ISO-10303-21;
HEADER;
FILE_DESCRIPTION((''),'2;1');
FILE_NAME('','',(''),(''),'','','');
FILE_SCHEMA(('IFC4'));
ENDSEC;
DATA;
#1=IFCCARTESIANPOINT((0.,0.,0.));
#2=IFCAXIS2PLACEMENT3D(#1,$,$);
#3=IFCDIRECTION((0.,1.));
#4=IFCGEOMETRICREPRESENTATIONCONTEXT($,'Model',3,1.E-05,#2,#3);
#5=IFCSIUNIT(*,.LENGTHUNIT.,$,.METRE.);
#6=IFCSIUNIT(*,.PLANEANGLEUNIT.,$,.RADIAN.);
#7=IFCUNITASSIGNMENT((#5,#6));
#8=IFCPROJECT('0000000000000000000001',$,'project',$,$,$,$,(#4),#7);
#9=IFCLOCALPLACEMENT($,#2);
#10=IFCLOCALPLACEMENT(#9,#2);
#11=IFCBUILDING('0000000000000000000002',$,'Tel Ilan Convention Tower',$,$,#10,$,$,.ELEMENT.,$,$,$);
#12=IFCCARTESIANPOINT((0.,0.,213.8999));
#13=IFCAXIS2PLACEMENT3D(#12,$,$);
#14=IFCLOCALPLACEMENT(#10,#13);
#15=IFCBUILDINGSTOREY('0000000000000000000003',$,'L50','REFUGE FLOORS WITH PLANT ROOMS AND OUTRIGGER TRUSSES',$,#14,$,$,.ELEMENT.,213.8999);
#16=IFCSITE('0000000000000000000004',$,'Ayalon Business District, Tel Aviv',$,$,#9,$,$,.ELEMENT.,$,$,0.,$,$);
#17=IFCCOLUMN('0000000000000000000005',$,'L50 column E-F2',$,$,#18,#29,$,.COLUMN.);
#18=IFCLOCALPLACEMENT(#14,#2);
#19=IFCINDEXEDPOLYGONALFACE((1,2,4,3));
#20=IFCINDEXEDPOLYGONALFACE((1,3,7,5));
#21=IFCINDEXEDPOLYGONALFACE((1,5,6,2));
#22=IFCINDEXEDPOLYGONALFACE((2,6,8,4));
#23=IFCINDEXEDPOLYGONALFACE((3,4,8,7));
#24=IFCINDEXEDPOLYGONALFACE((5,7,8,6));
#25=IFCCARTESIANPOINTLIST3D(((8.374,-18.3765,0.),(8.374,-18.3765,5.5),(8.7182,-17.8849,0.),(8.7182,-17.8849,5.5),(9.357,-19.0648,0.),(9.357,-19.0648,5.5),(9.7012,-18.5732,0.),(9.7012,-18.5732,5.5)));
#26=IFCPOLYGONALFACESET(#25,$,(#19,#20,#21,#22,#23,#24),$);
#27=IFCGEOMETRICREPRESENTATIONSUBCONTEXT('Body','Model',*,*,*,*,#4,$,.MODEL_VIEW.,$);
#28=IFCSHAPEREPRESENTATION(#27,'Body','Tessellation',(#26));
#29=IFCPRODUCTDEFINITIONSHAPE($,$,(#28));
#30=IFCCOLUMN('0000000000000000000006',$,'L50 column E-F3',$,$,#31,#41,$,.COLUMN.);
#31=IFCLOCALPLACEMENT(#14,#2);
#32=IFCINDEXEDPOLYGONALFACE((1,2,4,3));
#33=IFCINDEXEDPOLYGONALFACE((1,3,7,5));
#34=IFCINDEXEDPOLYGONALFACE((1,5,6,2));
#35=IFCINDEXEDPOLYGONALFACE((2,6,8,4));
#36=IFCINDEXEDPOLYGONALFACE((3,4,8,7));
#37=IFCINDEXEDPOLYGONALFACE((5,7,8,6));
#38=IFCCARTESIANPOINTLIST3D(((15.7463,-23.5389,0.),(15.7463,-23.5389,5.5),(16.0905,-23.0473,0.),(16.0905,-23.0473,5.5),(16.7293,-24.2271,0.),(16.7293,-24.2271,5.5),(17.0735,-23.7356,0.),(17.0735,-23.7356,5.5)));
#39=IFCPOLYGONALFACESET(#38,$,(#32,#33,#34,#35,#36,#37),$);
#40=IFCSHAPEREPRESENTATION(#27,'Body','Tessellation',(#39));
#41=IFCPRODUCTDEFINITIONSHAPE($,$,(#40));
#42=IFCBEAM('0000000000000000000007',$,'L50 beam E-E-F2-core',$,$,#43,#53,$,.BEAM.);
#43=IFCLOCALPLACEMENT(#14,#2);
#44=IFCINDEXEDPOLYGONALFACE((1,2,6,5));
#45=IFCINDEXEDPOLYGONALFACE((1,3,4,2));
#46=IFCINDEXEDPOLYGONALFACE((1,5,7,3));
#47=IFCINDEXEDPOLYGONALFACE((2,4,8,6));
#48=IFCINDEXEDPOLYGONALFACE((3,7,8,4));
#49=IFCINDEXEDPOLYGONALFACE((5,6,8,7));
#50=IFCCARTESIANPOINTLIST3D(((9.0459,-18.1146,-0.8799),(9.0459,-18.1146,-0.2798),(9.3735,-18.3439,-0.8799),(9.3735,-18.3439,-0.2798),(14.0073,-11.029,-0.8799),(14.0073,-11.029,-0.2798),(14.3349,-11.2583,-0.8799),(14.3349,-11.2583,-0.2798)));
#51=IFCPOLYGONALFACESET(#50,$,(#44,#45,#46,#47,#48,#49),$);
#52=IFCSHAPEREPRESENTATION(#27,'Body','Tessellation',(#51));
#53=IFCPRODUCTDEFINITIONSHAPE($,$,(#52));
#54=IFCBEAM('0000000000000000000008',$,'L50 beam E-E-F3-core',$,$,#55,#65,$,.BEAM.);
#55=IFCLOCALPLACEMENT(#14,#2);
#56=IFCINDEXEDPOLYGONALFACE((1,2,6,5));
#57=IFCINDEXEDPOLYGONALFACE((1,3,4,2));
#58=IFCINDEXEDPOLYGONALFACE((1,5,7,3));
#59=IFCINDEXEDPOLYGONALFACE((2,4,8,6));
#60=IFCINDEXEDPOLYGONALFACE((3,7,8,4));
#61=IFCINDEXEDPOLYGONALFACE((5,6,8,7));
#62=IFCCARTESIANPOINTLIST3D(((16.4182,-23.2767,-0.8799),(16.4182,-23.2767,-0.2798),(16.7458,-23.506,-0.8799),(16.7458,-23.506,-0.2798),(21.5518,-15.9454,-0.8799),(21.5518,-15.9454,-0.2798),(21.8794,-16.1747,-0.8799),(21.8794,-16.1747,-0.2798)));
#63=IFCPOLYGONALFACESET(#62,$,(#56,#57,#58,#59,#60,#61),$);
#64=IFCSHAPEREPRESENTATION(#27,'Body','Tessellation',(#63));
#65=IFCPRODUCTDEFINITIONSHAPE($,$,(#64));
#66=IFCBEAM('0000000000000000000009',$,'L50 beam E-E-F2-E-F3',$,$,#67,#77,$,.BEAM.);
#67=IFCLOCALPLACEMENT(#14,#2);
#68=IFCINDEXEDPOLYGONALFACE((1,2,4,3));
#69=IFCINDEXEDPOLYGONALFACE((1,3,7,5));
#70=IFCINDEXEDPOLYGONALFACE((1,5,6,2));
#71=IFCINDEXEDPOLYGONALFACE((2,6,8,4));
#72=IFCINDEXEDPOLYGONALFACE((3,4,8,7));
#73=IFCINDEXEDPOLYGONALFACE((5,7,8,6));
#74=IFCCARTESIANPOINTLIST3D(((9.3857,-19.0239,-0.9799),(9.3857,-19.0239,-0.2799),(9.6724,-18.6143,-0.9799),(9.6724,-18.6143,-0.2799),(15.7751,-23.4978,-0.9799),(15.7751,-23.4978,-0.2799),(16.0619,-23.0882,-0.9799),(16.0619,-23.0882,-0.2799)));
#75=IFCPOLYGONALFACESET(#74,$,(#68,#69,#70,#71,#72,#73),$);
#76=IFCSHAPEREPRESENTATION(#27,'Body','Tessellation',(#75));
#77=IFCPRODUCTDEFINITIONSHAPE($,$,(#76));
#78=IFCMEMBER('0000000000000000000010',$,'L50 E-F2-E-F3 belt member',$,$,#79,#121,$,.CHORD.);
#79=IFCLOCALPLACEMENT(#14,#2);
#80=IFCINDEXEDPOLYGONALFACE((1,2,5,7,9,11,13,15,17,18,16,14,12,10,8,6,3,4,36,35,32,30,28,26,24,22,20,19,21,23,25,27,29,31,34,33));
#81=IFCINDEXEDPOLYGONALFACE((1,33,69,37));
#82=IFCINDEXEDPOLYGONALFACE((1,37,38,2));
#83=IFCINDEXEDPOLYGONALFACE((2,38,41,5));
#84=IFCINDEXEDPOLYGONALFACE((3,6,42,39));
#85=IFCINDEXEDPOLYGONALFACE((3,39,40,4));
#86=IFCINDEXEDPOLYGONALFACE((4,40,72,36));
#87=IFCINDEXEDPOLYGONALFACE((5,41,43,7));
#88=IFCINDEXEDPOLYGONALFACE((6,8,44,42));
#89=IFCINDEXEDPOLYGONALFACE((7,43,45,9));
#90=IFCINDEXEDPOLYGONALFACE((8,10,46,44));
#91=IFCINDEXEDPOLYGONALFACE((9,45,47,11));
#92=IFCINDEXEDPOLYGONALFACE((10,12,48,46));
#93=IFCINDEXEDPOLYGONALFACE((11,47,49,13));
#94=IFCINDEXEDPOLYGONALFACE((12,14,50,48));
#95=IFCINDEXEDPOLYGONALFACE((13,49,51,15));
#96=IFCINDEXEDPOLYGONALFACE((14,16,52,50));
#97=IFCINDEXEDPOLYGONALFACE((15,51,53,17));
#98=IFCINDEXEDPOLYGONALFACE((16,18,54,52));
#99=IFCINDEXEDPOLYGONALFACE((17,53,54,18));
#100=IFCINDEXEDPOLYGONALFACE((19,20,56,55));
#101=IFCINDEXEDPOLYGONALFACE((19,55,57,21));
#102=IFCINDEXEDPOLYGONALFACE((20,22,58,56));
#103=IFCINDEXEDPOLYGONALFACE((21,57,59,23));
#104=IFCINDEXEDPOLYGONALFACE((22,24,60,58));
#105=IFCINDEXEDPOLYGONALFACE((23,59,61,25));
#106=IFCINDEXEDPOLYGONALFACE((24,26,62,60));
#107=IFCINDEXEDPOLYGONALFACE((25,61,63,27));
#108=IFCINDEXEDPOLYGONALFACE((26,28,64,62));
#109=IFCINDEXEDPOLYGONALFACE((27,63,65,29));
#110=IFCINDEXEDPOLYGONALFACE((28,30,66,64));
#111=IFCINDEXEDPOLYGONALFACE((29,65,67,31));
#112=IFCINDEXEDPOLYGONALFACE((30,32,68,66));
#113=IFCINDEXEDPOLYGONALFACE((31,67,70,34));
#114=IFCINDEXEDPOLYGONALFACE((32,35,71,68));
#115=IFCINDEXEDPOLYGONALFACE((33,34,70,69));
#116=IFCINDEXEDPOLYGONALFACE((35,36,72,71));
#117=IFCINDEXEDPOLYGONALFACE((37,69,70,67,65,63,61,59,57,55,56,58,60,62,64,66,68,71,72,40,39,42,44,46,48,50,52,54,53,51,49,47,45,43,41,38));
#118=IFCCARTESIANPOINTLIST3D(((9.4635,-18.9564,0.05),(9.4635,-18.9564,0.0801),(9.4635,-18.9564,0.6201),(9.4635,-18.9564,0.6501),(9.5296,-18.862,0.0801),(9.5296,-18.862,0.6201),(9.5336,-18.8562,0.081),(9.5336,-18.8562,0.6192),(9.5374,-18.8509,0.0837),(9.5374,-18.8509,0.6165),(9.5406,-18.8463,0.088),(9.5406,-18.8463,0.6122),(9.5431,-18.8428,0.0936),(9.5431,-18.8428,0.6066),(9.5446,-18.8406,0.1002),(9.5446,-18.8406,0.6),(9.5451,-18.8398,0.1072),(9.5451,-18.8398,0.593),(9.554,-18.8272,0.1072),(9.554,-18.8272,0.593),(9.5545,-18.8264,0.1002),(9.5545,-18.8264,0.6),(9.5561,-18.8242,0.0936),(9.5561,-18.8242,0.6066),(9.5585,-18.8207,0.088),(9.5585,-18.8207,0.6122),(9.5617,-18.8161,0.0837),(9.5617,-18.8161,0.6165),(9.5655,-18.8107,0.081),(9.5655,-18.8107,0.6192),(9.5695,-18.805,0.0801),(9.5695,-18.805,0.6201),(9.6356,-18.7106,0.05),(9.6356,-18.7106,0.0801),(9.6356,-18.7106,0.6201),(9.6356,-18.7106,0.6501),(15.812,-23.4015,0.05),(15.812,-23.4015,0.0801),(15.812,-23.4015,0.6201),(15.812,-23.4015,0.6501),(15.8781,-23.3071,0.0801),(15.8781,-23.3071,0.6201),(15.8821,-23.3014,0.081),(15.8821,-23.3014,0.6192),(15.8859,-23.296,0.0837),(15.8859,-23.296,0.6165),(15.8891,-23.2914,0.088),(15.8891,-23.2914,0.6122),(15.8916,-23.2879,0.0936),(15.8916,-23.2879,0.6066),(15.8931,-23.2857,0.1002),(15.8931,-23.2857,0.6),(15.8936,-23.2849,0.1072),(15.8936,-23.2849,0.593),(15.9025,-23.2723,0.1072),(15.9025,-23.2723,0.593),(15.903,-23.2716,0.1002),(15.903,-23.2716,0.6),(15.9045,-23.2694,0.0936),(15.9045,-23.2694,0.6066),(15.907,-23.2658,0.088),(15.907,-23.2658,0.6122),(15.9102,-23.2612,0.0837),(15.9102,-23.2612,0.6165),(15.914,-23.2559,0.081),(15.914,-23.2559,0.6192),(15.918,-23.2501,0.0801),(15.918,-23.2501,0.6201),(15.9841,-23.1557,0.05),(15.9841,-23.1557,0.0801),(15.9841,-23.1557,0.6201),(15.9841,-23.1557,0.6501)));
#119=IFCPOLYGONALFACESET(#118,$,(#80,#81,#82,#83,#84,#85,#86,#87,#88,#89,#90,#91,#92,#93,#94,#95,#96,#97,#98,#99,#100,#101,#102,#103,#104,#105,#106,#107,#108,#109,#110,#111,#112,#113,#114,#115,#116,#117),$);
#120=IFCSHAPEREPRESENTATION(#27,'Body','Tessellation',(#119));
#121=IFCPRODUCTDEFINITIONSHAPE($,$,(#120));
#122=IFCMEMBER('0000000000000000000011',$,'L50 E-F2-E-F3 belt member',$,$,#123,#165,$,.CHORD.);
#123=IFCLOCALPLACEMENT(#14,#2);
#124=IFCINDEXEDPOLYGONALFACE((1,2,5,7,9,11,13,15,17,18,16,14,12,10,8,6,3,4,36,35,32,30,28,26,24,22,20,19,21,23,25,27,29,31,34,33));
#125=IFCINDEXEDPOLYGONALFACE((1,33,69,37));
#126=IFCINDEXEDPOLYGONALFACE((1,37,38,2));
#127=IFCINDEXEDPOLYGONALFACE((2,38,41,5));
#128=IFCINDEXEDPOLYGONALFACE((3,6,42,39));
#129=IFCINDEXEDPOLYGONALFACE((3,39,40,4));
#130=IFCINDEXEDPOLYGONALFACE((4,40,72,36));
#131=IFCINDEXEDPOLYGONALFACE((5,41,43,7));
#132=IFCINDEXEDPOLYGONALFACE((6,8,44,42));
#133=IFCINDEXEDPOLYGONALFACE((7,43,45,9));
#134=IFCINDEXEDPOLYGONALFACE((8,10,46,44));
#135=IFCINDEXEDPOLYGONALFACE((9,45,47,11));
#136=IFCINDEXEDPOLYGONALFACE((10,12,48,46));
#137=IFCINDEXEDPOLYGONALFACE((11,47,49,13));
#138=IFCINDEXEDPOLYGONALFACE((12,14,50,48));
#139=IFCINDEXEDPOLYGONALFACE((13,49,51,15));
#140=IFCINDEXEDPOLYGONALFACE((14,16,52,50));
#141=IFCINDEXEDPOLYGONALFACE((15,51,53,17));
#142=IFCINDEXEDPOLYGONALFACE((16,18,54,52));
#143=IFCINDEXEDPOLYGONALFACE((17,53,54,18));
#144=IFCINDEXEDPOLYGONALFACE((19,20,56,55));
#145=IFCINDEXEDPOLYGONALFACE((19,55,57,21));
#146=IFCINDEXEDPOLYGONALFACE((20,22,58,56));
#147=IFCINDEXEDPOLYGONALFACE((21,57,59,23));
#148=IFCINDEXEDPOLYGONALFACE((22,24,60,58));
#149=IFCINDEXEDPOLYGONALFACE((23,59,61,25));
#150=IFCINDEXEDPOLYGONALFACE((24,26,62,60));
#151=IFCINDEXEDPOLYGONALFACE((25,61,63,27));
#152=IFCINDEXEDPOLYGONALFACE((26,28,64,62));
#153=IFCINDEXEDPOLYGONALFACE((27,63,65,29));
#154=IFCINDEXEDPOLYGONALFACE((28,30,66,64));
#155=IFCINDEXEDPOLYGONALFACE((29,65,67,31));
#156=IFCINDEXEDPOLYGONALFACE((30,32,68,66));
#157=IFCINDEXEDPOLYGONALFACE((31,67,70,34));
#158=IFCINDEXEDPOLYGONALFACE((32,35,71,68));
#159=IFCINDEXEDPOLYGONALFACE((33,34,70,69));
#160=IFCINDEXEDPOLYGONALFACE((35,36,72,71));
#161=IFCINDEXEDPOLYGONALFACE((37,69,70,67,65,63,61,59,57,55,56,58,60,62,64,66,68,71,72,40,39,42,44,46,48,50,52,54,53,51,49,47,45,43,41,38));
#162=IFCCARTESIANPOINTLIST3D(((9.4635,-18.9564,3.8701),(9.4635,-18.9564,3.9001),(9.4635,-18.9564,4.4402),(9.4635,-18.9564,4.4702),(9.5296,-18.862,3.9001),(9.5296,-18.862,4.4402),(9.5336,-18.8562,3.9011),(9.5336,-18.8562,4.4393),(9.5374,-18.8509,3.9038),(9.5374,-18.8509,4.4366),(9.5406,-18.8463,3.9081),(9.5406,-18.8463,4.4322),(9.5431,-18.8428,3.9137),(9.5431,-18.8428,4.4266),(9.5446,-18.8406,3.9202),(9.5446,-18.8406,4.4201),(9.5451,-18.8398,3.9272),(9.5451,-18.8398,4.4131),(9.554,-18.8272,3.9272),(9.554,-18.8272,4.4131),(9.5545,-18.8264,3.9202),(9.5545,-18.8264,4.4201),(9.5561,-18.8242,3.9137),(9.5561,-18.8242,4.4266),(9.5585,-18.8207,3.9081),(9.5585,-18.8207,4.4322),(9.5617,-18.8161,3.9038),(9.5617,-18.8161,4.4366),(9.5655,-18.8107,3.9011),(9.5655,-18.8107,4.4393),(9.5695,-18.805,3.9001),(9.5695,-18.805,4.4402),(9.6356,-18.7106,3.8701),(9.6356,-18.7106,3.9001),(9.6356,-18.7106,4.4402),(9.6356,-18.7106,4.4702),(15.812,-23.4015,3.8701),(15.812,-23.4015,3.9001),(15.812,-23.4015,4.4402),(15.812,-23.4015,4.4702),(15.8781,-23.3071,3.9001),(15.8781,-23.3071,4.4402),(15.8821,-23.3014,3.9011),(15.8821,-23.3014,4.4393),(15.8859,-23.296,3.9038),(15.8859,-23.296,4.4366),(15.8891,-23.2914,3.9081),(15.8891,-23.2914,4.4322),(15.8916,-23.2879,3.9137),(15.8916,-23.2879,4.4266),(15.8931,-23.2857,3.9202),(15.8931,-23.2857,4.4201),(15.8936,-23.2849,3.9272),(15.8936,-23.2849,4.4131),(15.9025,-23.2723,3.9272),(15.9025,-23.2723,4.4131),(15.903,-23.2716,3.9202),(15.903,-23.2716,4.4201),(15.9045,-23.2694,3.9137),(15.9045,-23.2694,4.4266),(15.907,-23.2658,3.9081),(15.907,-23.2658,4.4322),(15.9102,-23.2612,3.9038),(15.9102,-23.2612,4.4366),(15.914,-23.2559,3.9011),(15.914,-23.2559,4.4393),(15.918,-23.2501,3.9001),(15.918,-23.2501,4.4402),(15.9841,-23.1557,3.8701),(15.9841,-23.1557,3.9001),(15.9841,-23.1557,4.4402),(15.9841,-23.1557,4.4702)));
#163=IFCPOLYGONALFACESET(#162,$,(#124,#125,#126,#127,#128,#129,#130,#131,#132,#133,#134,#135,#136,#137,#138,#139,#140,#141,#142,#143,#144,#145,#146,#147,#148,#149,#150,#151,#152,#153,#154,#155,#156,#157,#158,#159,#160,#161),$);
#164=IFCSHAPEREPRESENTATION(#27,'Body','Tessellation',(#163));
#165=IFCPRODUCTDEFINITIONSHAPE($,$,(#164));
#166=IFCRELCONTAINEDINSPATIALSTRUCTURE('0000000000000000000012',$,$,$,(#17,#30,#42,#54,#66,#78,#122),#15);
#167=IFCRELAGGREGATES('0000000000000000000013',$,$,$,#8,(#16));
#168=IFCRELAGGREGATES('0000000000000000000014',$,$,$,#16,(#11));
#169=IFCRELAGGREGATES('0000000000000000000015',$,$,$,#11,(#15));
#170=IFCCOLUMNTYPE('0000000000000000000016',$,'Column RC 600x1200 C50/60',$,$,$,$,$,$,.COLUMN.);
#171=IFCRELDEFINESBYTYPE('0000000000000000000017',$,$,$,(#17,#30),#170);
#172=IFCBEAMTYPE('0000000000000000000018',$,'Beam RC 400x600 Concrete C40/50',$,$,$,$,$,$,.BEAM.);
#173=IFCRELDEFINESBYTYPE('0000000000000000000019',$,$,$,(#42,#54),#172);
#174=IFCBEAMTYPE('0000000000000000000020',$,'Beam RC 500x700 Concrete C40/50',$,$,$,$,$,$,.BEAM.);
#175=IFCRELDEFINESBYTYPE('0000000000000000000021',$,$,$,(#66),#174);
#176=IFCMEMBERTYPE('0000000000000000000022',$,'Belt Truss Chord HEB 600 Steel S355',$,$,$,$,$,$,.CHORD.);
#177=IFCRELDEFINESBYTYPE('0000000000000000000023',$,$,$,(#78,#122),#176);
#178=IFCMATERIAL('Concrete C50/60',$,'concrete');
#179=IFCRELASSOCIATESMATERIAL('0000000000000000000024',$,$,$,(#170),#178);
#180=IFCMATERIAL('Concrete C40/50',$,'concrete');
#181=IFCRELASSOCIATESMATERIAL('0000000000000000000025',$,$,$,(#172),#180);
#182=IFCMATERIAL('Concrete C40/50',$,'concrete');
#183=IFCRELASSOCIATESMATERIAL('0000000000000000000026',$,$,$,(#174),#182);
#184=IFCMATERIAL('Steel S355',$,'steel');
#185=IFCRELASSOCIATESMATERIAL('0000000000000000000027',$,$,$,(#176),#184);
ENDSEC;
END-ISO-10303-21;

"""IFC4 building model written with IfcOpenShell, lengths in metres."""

from ifc_helpers import new_model, si_unit, direction, frame, origin, origin_2d, place, context, subcontext, project, spatial, rectangle, i_section, extrude, material, material_profile, profile_set, type_object, element, save


model = new_model("IFC4")

# Units and contexts
model_context = context("Model", 3, precision=1e-05, world=origin(), true_north=direction((0.0, 1.0)))
body_context = subcontext(model_context, "Body", "Model", "MODEL_VIEW")
ifc_project = project(units=[si_unit("LENGTHUNIT", "METRE"), si_unit("PLANEANGLEUNIT", "RADIAN")], contexts=[model_context])

# Site, building, storey
site_placement = place(None, origin())
site = spatial("IfcSite", under=ifc_project, at=site_placement, Name="Ayalon Business District, Tel Aviv", CompositionType="ELEMENT", RefElevation=0.0)
building_placement = place(site_placement, origin())
building = spatial("IfcBuilding", under=site, at=building_placement, Name="Tel Ilan Convention Tower", CompositionType="ELEMENT")
storey_placement = place(building_placement, frame((0.0, 0.0, 213.8999)))
storey = spatial("IfcBuildingStorey", under=building, at=storey_placement, Name="L50", Description="REFUGE FLOORS WITH PLANT ROOMS AND OUTRIGGER TRUSSES", CompositionType="ELEMENT", Elevation=213.8999)

# Columns
ifc_material_1 = material(Name="Concrete C50/60", Category="concrete")
ifc_material_profile_1 = material_profile(ifc_material_1, rectangle(XDim=1.2, YDim=0.6001, at=origin_2d()), Name="RC 600x1200")
ifc_profile_set_1 = profile_set([ifc_material_profile_1], Name="Concrete C50/60")
column_type = type_object("IfcColumnType", Name="Column RC 600x1200 C50/60", PredefinedType="COLUMN", material=ifc_profile_set_1)
for number, where, z_axis, x_axis, name in (
    (1, (9.0376, -18.4749, 0.0), (0.0, 0.0, 1.0), (0.819152, -0.573576, 0.0), "L50 column E-F2"),
    (2, (16.4099, -23.6372, 0.0), (0.0, 0.0, 1.0), (0.819152, -0.573576, 0.0), "L50 column E-F3"),
):
    element("IfcColumn", number, at=place(storey_placement, frame(where, z_axis=z_axis, x_axis=x_axis)), inside=storey, type_object=column_type, Name=name, PredefinedType="COLUMN", context=body_context, shape_type="SweptSolid", body=[
        extrude(rectangle(XDim=1.2, YDim=0.6001, at=origin_2d()), origin(), (0.0, 0.0, 1.0), 5.5),
    ])

# Beams
ifc_material_2 = material(Name="Concrete C40/50", Category="concrete")
ifc_material_profile_2 = material_profile(ifc_material_2, rectangle(XDim=0.3999, YDim=0.6001, at=origin_2d()), Name="RC 400x600")
ifc_profile_set_2 = profile_set([ifc_material_profile_2], Name="Concrete C40/50")
beam_type_1 = type_object("IfcBeamType", Name="Beam RC 400x600 Concrete C40/50", PredefinedType="BEAM", material=ifc_profile_set_2)
beam_1_placement = place(storey_placement, frame((9.2097, -18.2292, -0.5798), z_axis=(0.573574, 0.819154, 0.0), x_axis=(-0.819154, 0.573574, 0.0)))
element("IfcBeam", 3, at=beam_1_placement, inside=storey, type_object=beam_type_1, Name="L50 beam E-E-F2-core", PredefinedType="BEAM", context=body_context, shape_type="SweptSolid", body=[
    extrude(rectangle(XDim=0.3999, YDim=0.6001, at=origin_2d()), origin(), (0.0, 0.0, 1.0), 8.6499),
])
beam_2_placement = place(storey_placement, frame((16.582, -23.3914, -0.5798), z_axis=(0.573585, 0.819146, 0.0), x_axis=(-0.819146, 0.573585, 0.0)))
element("IfcBeam", 4, at=beam_2_placement, inside=storey, type_object=beam_type_1, Name="L50 beam E-E-F3-core", PredefinedType="BEAM", context=body_context, shape_type="SweptSolid", body=[
    extrude(rectangle(XDim=0.3999, YDim=0.6001, at=origin_2d()), origin(), (0.0, 0.0, 1.0), 8.95),
])
ifc_material_3 = material(Name="Concrete C40/50", Category="concrete")
ifc_material_profile_3 = material_profile(ifc_material_3, rectangle(XDim=0.5, YDim=0.7, at=origin_2d()), Name="RC 500x700")
ifc_profile_set_3 = profile_set([ifc_material_profile_3], Name="Concrete C40/50")
beam_type_2 = type_object("IfcBeamType", Name="Beam RC 500x700 Concrete C40/50", PredefinedType="BEAM", material=ifc_profile_set_3)
beam_3_placement = place(storey_placement, frame((9.5291, -18.8191, -0.6299), z_axis=(0.819154, -0.573574, 0.0), x_axis=(0.573574, 0.819154, 0.0)))
element("IfcBeam", 5, at=beam_3_placement, inside=storey, type_object=beam_type_2, Name="L50 beam E-E-F2-E-F3", PredefinedType="BEAM", context=body_context, shape_type="SweptSolid", body=[
    extrude(rectangle(XDim=0.5, YDim=0.7, at=origin_2d()), origin(), (0.0, 0.0, 1.0), 7.8),
])

# Members
ifc_material_4 = material(Name="Steel S355", Category="steel")
ifc_material_profile_4 = material_profile(ifc_material_4, i_section(OverallWidth=0.3, OverallDepth=0.6001, WebThickness=0.0154, FlangeThickness=0.03, FilletRadius=0.0271, at=origin_2d()), Name="HEB 600")
ifc_profile_set_4 = profile_set([ifc_material_profile_4], Name="Steel S355")
member_type_1 = type_object("IfcMemberType", Name="Belt Truss Chord HEB 600 Steel S355", PredefinedType="CHORD", material=ifc_profile_set_4)
for number, where, z_axis, x_axis, name in (
    (6, (9.5496, -18.8335, 0.3501), (0.819159, -0.573566, 0.0), (0.573566, 0.819159, 0.0), "L50 E-F2-E-F3 belt member"),
    (7, (9.5496, -18.8335, 4.1702), (0.819159, -0.573566, 0.0), (0.573566, 0.819159, 0.0), "L50 E-F2-E-F3 belt member"),
):
    element("IfcMember", number, at=place(storey_placement, frame(where, z_axis=z_axis, x_axis=x_axis)), inside=storey, type_object=member_type_1, Name=name, PredefinedType="CHORD", context=body_context, shape_type="SweptSolid", body=[
        extrude(i_section(OverallWidth=0.3, OverallDepth=0.6001, WebThickness=0.0154, FlangeThickness=0.03, FilletRadius=0.0271, at=origin_2d()), origin(), (0.0, 0.0, 1.0), 7.75),
    ])

save(model, "model.ifc")
